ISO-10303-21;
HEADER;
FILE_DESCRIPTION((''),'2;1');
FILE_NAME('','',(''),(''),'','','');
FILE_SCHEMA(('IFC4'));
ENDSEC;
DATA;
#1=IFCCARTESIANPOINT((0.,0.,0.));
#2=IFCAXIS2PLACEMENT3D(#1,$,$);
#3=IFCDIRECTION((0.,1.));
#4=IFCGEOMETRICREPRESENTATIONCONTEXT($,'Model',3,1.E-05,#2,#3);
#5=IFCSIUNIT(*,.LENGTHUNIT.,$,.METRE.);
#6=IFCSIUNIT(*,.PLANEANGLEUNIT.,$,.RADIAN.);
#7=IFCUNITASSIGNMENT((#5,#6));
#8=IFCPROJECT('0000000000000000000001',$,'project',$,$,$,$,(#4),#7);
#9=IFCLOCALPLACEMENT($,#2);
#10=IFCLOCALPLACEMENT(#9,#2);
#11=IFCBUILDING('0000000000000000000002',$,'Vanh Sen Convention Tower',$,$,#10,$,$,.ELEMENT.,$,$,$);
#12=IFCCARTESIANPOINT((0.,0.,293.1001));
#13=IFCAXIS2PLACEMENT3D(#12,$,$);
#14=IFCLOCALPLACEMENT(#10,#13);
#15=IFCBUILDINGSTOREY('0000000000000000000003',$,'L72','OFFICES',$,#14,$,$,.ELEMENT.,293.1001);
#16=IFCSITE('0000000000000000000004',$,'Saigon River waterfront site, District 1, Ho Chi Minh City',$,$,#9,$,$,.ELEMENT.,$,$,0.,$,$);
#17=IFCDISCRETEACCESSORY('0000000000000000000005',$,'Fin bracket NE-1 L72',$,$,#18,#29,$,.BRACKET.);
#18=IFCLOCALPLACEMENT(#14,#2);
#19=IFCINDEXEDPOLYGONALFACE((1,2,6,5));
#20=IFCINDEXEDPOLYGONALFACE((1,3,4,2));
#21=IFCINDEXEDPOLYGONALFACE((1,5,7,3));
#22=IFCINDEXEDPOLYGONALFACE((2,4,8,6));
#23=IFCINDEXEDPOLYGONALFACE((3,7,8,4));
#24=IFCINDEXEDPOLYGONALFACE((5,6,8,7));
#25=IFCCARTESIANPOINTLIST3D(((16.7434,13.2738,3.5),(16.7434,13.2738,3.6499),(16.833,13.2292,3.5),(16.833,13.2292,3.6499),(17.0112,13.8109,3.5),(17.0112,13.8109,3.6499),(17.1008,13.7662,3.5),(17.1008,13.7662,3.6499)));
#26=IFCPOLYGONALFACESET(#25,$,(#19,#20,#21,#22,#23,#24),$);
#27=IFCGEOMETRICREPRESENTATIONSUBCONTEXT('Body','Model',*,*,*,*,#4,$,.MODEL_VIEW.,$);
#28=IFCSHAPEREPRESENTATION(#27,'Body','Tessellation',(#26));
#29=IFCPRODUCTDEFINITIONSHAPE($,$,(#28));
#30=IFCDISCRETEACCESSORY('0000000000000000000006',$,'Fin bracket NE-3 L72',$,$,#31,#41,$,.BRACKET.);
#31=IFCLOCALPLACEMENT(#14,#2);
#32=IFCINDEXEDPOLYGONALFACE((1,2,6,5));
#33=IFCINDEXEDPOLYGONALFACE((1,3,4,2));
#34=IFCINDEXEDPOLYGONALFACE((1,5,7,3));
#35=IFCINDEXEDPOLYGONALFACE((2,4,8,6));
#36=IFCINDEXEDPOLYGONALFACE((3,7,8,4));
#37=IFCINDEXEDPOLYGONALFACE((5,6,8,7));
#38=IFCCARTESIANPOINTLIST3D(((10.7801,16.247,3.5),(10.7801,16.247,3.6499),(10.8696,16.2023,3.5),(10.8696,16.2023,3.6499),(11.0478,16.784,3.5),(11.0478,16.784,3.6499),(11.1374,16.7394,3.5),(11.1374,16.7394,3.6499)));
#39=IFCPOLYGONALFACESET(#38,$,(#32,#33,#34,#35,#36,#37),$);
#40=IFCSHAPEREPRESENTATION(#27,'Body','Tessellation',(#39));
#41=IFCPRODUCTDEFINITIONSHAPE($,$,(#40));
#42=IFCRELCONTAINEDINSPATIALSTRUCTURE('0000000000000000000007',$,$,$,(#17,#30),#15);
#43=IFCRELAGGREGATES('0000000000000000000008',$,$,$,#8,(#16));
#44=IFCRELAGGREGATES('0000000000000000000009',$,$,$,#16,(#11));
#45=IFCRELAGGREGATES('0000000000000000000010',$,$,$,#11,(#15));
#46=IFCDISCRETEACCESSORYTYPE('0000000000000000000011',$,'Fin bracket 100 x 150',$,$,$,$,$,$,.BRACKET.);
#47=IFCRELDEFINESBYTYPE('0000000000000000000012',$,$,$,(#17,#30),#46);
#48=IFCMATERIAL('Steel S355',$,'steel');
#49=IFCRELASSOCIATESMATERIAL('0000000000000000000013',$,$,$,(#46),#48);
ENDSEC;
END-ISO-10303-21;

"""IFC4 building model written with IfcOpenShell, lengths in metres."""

from ifc_helpers import new_model, si_unit, direction, frame, origin, origin_2d, place, context, subcontext, project, spatial, rectangle, extrude, material, type_object, element, save


model = new_model("IFC4")

# Units and contexts
model_context = context("Model", 3, precision=1e-05, world=origin(), true_north=direction((0.0, 1.0)))
body_context = subcontext(model_context, "Body", "Model", "MODEL_VIEW")
ifc_project = project(units=[si_unit("LENGTHUNIT", "METRE"), si_unit("PLANEANGLEUNIT", "RADIAN")], contexts=[model_context])

# Site, building, storey
site_placement = place(None, origin())
site = spatial("IfcSite", under=ifc_project, at=site_placement, Name="Saigon River waterfront site, District 1, Ho Chi Minh City", CompositionType="ELEMENT", RefElevation=0.0)
building_placement = place(site_placement, origin())
building = spatial("IfcBuilding", under=site, at=building_placement, Name="Vanh Sen Convention Tower", CompositionType="ELEMENT")
storey_placement = place(building_placement, frame((0.0, 0.0, 293.1001)))
storey = spatial("IfcBuildingStorey", under=building, at=storey_placement, Name="L72", Description="OFFICES", CompositionType="ELEMENT", Elevation=293.1001)

# Discrete accessories
ifc_material_1 = material(Name="Steel S355", Category="steel")
discrete_accessory_type = type_object("IfcDiscreteAccessoryType", Name="Fin bracket 100 x 150", PredefinedType="BRACKET", material=ifc_material_1)
for number, where, z_axis, x_axis, name in (
    (1, (16.9221, 13.52, 3.5), (0.0, 0.0, 1.0), (0.446198, 0.894934, 0.0), "Fin bracket NE-1 L72"),
    (2, (10.9587, 16.4932, 3.5), (0.0, 0.0, 1.0), (0.446198, 0.894934, 0.0), "Fin bracket NE-3 L72"),
):
    element("IfcDiscreteAccessory", number, at=place(storey_placement, frame(where, z_axis=z_axis, x_axis=x_axis)), inside=storey, type_object=discrete_accessory_type, Name=name, PredefinedType="BRACKET", context=body_context, shape_type="SweptSolid", body=[
        extrude(rectangle(XDim=0.6001, YDim=0.1001, at=origin_2d()), origin(), (0.0, 0.0, 1.0), 0.1499),
    ])

save(model, "model.ifc")
